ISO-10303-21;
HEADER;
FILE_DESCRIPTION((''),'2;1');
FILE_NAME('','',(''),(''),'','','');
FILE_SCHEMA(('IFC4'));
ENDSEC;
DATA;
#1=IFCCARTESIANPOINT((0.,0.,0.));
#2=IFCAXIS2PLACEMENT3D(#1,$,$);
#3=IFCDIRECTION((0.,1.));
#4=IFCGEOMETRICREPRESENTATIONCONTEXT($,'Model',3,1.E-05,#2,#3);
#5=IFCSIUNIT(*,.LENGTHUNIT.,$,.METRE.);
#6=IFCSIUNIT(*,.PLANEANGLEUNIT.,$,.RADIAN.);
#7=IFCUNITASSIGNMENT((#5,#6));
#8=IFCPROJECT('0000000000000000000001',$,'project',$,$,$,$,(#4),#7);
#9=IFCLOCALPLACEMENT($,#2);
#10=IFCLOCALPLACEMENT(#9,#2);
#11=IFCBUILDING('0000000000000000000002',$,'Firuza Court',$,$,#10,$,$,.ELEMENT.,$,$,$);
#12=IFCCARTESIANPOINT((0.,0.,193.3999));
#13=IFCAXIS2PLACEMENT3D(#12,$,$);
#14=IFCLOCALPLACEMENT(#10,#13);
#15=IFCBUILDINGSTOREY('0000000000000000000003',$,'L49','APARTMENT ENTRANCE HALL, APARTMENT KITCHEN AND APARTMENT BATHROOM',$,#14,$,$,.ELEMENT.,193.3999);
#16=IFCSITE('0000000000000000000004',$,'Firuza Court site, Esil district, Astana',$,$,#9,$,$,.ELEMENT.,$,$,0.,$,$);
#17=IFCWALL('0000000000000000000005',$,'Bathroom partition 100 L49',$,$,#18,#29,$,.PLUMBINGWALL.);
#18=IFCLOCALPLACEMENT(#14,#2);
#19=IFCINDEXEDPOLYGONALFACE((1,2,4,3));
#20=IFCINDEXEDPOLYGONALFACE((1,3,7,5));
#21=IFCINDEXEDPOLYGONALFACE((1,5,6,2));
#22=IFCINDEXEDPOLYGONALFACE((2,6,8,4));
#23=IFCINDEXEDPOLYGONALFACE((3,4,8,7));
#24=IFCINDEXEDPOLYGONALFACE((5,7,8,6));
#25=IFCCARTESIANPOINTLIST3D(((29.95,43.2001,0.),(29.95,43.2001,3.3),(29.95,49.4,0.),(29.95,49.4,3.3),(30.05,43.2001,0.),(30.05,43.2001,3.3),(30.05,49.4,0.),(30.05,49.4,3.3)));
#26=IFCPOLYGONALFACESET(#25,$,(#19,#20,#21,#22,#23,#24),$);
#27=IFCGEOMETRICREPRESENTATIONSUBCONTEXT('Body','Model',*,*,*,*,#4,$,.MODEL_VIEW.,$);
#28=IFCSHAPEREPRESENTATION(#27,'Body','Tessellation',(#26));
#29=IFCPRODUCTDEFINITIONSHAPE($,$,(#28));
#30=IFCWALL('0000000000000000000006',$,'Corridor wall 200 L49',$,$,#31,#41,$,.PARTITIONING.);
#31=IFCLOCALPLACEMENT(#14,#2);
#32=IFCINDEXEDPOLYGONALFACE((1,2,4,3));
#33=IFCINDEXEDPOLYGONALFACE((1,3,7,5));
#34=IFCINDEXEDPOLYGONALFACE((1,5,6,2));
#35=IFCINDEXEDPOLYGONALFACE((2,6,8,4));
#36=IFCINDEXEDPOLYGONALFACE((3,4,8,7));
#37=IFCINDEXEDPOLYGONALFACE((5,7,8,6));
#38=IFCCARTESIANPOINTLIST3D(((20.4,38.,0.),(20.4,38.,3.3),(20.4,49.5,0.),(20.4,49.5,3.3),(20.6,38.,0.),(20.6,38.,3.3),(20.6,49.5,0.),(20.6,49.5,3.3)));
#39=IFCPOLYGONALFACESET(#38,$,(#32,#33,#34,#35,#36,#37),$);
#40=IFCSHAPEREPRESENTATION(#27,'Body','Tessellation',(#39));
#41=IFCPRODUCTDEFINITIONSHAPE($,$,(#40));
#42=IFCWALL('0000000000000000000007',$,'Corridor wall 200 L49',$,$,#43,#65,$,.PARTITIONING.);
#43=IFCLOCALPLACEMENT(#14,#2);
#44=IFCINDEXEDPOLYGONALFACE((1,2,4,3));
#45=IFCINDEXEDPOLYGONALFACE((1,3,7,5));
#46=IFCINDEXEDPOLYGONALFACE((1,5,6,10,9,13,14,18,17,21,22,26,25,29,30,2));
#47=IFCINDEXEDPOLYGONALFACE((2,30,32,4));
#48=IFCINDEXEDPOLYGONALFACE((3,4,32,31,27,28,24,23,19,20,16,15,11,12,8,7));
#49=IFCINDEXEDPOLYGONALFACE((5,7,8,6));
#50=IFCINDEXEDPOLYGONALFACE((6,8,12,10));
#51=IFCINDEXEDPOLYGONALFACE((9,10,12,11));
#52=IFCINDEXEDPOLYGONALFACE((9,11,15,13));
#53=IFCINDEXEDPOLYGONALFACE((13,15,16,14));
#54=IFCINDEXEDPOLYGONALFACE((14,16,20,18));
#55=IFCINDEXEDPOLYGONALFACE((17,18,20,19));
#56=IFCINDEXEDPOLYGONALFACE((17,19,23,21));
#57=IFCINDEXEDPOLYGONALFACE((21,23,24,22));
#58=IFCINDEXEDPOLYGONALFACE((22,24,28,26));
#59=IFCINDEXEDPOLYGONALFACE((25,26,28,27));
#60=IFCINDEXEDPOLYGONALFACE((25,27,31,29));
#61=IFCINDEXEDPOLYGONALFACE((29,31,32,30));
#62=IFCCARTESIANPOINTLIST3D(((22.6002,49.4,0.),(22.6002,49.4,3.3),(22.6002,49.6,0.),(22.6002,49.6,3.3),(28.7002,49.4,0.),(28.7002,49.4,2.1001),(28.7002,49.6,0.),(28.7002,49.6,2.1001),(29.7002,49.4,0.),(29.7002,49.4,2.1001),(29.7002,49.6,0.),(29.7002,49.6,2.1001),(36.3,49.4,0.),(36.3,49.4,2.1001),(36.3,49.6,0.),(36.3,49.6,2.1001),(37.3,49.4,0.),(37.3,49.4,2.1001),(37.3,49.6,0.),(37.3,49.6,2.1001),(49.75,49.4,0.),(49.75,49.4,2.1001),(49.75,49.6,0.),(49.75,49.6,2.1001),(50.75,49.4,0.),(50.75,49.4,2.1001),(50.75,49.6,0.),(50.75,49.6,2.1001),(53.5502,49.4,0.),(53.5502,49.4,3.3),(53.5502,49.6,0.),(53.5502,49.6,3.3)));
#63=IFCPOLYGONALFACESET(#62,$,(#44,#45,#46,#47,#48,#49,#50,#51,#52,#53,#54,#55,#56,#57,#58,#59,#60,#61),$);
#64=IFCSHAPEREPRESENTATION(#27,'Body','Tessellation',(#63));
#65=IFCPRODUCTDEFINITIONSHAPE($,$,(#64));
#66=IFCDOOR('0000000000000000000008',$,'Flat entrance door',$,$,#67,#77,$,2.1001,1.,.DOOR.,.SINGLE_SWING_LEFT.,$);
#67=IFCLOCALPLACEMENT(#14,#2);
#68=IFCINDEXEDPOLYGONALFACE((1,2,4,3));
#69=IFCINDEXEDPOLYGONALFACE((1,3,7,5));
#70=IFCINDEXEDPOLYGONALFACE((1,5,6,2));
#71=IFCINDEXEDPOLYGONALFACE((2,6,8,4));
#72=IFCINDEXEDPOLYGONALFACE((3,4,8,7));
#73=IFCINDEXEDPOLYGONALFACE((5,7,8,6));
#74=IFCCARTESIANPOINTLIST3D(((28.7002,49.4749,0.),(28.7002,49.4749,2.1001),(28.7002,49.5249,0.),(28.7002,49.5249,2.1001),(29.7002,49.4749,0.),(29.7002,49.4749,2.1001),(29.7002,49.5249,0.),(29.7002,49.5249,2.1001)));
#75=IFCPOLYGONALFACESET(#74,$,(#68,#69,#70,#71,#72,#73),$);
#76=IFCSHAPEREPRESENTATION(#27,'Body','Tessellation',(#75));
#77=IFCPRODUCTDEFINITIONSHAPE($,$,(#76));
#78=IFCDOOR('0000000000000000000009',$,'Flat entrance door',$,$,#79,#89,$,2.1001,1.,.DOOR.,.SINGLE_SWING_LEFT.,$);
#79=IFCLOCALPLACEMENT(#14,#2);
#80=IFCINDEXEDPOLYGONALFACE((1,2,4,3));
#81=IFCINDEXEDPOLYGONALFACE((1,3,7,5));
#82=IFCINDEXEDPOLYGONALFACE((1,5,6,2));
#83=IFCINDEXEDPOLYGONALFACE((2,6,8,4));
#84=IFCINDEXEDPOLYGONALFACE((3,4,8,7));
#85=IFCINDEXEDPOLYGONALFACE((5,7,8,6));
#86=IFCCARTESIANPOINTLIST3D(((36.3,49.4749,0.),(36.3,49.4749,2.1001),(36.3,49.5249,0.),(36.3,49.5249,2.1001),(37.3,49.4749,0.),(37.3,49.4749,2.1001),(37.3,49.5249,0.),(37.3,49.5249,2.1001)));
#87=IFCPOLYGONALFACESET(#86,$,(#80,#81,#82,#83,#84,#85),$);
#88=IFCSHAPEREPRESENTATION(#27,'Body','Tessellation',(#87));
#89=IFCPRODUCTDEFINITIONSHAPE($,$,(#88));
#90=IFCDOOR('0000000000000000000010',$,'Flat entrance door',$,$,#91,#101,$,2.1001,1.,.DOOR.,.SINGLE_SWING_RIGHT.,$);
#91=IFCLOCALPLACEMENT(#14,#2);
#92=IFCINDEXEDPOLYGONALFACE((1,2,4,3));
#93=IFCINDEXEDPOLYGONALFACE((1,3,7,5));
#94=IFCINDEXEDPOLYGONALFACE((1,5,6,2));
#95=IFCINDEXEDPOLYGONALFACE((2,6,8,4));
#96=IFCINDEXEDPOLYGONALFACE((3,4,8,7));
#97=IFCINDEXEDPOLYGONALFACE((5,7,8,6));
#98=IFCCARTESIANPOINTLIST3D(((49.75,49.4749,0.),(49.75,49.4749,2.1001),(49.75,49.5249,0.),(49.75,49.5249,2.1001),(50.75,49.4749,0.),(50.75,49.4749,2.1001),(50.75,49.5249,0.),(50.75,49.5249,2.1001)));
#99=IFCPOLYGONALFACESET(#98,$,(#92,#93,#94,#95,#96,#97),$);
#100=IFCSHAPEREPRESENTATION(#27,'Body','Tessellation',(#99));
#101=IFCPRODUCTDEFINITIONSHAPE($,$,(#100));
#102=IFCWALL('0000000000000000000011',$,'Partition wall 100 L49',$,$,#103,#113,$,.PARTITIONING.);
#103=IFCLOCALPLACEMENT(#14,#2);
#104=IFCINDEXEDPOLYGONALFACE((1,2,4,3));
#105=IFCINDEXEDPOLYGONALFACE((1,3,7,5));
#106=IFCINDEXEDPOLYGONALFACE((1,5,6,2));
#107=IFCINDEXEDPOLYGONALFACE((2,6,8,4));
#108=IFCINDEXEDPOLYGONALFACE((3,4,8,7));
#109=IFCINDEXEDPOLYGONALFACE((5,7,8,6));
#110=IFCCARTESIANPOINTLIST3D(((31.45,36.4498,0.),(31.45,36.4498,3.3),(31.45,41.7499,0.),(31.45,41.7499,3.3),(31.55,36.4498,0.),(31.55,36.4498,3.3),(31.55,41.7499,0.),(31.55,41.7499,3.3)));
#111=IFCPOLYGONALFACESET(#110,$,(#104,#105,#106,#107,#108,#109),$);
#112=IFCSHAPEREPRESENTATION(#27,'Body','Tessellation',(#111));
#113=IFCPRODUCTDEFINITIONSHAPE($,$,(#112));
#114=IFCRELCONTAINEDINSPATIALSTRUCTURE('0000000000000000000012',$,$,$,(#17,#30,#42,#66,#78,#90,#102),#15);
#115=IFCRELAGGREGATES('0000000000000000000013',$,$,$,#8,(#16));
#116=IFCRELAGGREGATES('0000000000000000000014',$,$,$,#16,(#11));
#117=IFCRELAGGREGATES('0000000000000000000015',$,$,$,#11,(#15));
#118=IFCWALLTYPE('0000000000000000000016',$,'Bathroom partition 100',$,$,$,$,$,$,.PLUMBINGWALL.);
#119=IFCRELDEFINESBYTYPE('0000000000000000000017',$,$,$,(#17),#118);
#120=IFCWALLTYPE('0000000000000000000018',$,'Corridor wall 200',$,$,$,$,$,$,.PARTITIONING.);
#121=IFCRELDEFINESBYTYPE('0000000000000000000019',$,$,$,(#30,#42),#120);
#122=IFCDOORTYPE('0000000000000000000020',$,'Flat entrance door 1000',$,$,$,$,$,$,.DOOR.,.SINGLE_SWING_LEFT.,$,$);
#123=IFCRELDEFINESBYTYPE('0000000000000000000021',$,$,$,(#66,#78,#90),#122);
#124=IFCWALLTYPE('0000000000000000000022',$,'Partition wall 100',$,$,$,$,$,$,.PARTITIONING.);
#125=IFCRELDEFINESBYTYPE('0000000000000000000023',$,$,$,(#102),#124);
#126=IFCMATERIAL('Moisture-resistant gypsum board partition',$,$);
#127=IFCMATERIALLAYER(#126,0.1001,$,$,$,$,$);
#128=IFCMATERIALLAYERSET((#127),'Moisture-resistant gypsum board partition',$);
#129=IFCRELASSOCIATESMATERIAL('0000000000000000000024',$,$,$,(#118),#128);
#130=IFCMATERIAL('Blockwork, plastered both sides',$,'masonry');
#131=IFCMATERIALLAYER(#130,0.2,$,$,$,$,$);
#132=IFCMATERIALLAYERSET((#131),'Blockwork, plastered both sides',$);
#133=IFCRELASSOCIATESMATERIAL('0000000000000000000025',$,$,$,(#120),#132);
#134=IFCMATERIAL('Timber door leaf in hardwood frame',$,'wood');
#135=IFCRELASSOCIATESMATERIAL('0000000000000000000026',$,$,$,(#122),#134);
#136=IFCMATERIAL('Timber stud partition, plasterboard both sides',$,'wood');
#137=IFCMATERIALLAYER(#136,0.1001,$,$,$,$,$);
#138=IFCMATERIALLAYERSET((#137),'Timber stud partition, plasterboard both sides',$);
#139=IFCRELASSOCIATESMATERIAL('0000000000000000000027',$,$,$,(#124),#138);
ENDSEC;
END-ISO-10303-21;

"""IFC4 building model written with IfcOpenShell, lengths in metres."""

from ifc_helpers import new_model, si_unit, direction, frame, frame_2d, origin, place, context, subcontext, project, spatial, rectangle, extrude, material, layer, layer_set, type_object, element, fill, save


model = new_model("IFC4")

# Units and contexts
model_context = context("Model", 3, precision=1e-05, world=origin(), true_north=direction((0.0, 1.0)))
body_context = subcontext(model_context, "Body", "Model", "MODEL_VIEW")
ifc_project = project(units=[si_unit("LENGTHUNIT", "METRE"), si_unit("PLANEANGLEUNIT", "RADIAN")], contexts=[model_context])

# Site, building, storey
site_placement = place(None, origin())
site = spatial("IfcSite", under=ifc_project, at=site_placement, Name="Firuza Court site, Esil district, Astana", CompositionType="ELEMENT", RefElevation=0.0)
building_placement = place(site_placement, origin())
building = spatial("IfcBuilding", under=site, at=building_placement, Name="Firuza Court", CompositionType="ELEMENT")
storey_placement = place(building_placement, frame((0.0, 0.0, 193.3999)))
storey = spatial("IfcBuildingStorey", under=building, at=storey_placement, Name="L49", Description="APARTMENT ENTRANCE HALL, APARTMENT KITCHEN AND APARTMENT BATHROOM", CompositionType="ELEMENT", Elevation=193.3999)

# Walls
ifc_material_1 = material(Name="Moisture-resistant gypsum board partition")
ifc_layer_1 = layer(ifc_material_1, 0.1001)
ifc_layer_set_1 = layer_set([ifc_layer_1], Name="Moisture-resistant gypsum board partition")
wall_type_1 = type_object("IfcWallType", Name="Bathroom partition 100", PredefinedType="PLUMBINGWALL", material=ifc_layer_set_1)
wall_1_placement = place(storey_placement, frame((30.0, 43.2, 0.0), z_axis=(0.0, 0.0, 1.0), x_axis=(0.0, 1.0, 0.0)))
element("IfcWall", 1, at=wall_1_placement, inside=storey, type_object=wall_type_1, Name="Bathroom partition 100 L49", PredefinedType="PLUMBINGWALL", context=body_context, shape_type="SweptSolid", body=[
    extrude(rectangle(XDim=6.2, YDim=0.1001, at=frame_2d((3.1001, 0.0))), origin(), (0.0, 0.0, 1.0), 3.3),
])
ifc_material_2 = material(Name="Blockwork, plastered both sides", Category="masonry")
ifc_layer_2 = layer(ifc_material_2, 0.2)
ifc_layer_set_2 = layer_set([ifc_layer_2], Name="Blockwork, plastered both sides")
wall_type_2 = type_object("IfcWallType", Name="Corridor wall 200", PredefinedType="PARTITIONING", material=ifc_layer_set_2)
wall_2_placement = place(storey_placement, frame((20.5, 38.0, 0.0), z_axis=(0.0, 0.0, 1.0), x_axis=(0.0, 1.0, 0.0)))
element("IfcWall", 2, at=wall_2_placement, inside=storey, type_object=wall_type_2, Name="Corridor wall 200 L49", PredefinedType="PARTITIONING", context=body_context, shape_type="SweptSolid", body=[
    extrude(rectangle(XDim=11.5, YDim=0.2, at=frame_2d((5.75, 0.0))), origin(), (0.0, 0.0, 1.0), 3.3),
])

# Wall, openings, doors
wall_3_placement = place(storey_placement, frame((22.6001, 49.5, 0.0), z_axis=(0.0, 0.0, 1.0), x_axis=(1.0, 0.0, 0.0)))
wall_3 = element("IfcWall", 3, at=wall_3_placement, inside=storey, type_object=wall_type_2, Name="Corridor wall 200 L49", PredefinedType="PARTITIONING", context=body_context, shape_type="SweptSolid", body=[
    extrude(rectangle(XDim=30.95, YDim=0.2, at=frame_2d((15.4751, 0.0))), origin(), (0.0, 0.0, 1.0), 3.3),
])
opening_1_placement = place(wall_3_placement, frame((6.1001, 0.0, 0.0)))
opening_1 = element("IfcOpeningElement", 4, at=opening_1_placement, cuts=wall_3, PredefinedType="OPENING", context=body_context, shape_type="SweptSolid", body=[
    extrude(rectangle(XDim=1.0, YDim=2.1001, at=frame_2d((0.5, 1.05))), frame((0.0, 0.1118, 0.0), z_axis=(0.0, -1.0, 0.0), x_axis=(1.0, 0.0, 0.0)), (0.0, 0.0, 1.0), 0.2239),
])
opening_2_placement = place(wall_3_placement, frame((13.7, 0.0, 0.0)))
opening_2 = element("IfcOpeningElement", 5, at=opening_2_placement, cuts=wall_3, PredefinedType="OPENING", context=body_context, shape_type="SweptSolid", body=[
    extrude(rectangle(XDim=1.0, YDim=2.1001, at=frame_2d((0.5, 1.05))), frame((0.0, 0.1118, 0.0), z_axis=(0.0, -1.0, 0.0), x_axis=(1.0, 0.0, 0.0)), (0.0, 0.0, 1.0), 0.2239),
])
opening_3_placement = place(wall_3_placement, frame((27.1499, 0.0, 0.0)))
opening_3 = element("IfcOpeningElement", 6, at=opening_3_placement, cuts=wall_3, PredefinedType="OPENING", context=body_context, shape_type="SweptSolid", body=[
    extrude(rectangle(XDim=1.0, YDim=2.1001, at=frame_2d((0.5, 1.05))), frame((0.0, 0.1118, 0.0), z_axis=(0.0, -1.0, 0.0), x_axis=(1.0, 0.0, 0.0)), (0.0, 0.0, 1.0), 0.2239),
])
ifc_material_3 = material(Name="Timber door leaf in hardwood frame", Category="wood")
door_type_1 = type_object("IfcDoorType", Name="Flat entrance door 1000", OperationType="SINGLE_SWING_LEFT", PredefinedType="DOOR", material=ifc_material_3)
door_1_placement = place(opening_1_placement, origin())
door_1 = element("IfcDoor", 7, at=door_1_placement, inside=storey, type_object=door_type_1, Name="Flat entrance door", OperationType="SINGLE_SWING_LEFT", OverallHeight=2.1001, OverallWidth=1.0, PredefinedType="DOOR", context=body_context, shape_type="SweptSolid", body=[
    extrude(rectangle(XDim=1.0, YDim=2.1001, at=frame_2d((0.5, 1.05))), frame((0.0, 0.0249, 0.0), z_axis=(0.0, -1.0, 0.0), x_axis=(1.0, 0.0, 0.0)), (0.0, 0.0, 1.0), 0.05),
])
fill(opening_1, door_1)
door_2_placement = place(opening_2_placement, origin())
door_2 = element("IfcDoor", 8, at=door_2_placement, inside=storey, type_object=door_type_1, Name="Flat entrance door", OperationType="SINGLE_SWING_LEFT", OverallHeight=2.1001, OverallWidth=1.0, PredefinedType="DOOR", context=body_context, shape_type="SweptSolid", body=[
    extrude(rectangle(XDim=1.0, YDim=2.1001, at=frame_2d((0.5, 1.05))), frame((0.0, 0.0249, 0.0), z_axis=(0.0, -1.0, 0.0), x_axis=(1.0, 0.0, 0.0)), (0.0, 0.0, 1.0), 0.05),
])
fill(opening_2, door_2)
door_3_placement = place(opening_3_placement, origin())
door_3 = element("IfcDoor", 9, at=door_3_placement, inside=storey, type_object=door_type_1, Name="Flat entrance door", OperationType="SINGLE_SWING_RIGHT", OverallHeight=2.1001, OverallWidth=1.0, PredefinedType="DOOR", context=body_context, shape_type="SweptSolid", body=[
    extrude(rectangle(XDim=1.0, YDim=2.1001, at=frame_2d((0.5, 1.05))), frame((0.0, 0.0249, 0.0), z_axis=(0.0, -1.0, 0.0), x_axis=(1.0, 0.0, 0.0)), (0.0, 0.0, 1.0), 0.05),
])
fill(opening_3, door_3)

# Wall
ifc_material_4 = material(Name="Timber stud partition, plasterboard both sides", Category="wood")
ifc_layer_3 = layer(ifc_material_4, 0.1001)
ifc_layer_set_3 = layer_set([ifc_layer_3], Name="Timber stud partition, plasterboard both sides")
wall_type_3 = type_object("IfcWallType", Name="Partition wall 100", PredefinedType="PARTITIONING", material=ifc_layer_set_3)
wall_4_placement = place(storey_placement, frame((31.5, 36.45, 0.0), z_axis=(0.0, 0.0, 1.0), x_axis=(0.0, 1.0, 0.0)))
element("IfcWall", 10, at=wall_4_placement, inside=storey, type_object=wall_type_3, Name="Partition wall 100 L49", PredefinedType="PARTITIONING", context=body_context, shape_type="SweptSolid", body=[
    extrude(rectangle(XDim=5.3, YDim=0.1001, at=frame_2d((2.6499, 0.0))), origin(), (0.0, 0.0, 1.0), 3.3),
])

save(model, "model.ifc")
